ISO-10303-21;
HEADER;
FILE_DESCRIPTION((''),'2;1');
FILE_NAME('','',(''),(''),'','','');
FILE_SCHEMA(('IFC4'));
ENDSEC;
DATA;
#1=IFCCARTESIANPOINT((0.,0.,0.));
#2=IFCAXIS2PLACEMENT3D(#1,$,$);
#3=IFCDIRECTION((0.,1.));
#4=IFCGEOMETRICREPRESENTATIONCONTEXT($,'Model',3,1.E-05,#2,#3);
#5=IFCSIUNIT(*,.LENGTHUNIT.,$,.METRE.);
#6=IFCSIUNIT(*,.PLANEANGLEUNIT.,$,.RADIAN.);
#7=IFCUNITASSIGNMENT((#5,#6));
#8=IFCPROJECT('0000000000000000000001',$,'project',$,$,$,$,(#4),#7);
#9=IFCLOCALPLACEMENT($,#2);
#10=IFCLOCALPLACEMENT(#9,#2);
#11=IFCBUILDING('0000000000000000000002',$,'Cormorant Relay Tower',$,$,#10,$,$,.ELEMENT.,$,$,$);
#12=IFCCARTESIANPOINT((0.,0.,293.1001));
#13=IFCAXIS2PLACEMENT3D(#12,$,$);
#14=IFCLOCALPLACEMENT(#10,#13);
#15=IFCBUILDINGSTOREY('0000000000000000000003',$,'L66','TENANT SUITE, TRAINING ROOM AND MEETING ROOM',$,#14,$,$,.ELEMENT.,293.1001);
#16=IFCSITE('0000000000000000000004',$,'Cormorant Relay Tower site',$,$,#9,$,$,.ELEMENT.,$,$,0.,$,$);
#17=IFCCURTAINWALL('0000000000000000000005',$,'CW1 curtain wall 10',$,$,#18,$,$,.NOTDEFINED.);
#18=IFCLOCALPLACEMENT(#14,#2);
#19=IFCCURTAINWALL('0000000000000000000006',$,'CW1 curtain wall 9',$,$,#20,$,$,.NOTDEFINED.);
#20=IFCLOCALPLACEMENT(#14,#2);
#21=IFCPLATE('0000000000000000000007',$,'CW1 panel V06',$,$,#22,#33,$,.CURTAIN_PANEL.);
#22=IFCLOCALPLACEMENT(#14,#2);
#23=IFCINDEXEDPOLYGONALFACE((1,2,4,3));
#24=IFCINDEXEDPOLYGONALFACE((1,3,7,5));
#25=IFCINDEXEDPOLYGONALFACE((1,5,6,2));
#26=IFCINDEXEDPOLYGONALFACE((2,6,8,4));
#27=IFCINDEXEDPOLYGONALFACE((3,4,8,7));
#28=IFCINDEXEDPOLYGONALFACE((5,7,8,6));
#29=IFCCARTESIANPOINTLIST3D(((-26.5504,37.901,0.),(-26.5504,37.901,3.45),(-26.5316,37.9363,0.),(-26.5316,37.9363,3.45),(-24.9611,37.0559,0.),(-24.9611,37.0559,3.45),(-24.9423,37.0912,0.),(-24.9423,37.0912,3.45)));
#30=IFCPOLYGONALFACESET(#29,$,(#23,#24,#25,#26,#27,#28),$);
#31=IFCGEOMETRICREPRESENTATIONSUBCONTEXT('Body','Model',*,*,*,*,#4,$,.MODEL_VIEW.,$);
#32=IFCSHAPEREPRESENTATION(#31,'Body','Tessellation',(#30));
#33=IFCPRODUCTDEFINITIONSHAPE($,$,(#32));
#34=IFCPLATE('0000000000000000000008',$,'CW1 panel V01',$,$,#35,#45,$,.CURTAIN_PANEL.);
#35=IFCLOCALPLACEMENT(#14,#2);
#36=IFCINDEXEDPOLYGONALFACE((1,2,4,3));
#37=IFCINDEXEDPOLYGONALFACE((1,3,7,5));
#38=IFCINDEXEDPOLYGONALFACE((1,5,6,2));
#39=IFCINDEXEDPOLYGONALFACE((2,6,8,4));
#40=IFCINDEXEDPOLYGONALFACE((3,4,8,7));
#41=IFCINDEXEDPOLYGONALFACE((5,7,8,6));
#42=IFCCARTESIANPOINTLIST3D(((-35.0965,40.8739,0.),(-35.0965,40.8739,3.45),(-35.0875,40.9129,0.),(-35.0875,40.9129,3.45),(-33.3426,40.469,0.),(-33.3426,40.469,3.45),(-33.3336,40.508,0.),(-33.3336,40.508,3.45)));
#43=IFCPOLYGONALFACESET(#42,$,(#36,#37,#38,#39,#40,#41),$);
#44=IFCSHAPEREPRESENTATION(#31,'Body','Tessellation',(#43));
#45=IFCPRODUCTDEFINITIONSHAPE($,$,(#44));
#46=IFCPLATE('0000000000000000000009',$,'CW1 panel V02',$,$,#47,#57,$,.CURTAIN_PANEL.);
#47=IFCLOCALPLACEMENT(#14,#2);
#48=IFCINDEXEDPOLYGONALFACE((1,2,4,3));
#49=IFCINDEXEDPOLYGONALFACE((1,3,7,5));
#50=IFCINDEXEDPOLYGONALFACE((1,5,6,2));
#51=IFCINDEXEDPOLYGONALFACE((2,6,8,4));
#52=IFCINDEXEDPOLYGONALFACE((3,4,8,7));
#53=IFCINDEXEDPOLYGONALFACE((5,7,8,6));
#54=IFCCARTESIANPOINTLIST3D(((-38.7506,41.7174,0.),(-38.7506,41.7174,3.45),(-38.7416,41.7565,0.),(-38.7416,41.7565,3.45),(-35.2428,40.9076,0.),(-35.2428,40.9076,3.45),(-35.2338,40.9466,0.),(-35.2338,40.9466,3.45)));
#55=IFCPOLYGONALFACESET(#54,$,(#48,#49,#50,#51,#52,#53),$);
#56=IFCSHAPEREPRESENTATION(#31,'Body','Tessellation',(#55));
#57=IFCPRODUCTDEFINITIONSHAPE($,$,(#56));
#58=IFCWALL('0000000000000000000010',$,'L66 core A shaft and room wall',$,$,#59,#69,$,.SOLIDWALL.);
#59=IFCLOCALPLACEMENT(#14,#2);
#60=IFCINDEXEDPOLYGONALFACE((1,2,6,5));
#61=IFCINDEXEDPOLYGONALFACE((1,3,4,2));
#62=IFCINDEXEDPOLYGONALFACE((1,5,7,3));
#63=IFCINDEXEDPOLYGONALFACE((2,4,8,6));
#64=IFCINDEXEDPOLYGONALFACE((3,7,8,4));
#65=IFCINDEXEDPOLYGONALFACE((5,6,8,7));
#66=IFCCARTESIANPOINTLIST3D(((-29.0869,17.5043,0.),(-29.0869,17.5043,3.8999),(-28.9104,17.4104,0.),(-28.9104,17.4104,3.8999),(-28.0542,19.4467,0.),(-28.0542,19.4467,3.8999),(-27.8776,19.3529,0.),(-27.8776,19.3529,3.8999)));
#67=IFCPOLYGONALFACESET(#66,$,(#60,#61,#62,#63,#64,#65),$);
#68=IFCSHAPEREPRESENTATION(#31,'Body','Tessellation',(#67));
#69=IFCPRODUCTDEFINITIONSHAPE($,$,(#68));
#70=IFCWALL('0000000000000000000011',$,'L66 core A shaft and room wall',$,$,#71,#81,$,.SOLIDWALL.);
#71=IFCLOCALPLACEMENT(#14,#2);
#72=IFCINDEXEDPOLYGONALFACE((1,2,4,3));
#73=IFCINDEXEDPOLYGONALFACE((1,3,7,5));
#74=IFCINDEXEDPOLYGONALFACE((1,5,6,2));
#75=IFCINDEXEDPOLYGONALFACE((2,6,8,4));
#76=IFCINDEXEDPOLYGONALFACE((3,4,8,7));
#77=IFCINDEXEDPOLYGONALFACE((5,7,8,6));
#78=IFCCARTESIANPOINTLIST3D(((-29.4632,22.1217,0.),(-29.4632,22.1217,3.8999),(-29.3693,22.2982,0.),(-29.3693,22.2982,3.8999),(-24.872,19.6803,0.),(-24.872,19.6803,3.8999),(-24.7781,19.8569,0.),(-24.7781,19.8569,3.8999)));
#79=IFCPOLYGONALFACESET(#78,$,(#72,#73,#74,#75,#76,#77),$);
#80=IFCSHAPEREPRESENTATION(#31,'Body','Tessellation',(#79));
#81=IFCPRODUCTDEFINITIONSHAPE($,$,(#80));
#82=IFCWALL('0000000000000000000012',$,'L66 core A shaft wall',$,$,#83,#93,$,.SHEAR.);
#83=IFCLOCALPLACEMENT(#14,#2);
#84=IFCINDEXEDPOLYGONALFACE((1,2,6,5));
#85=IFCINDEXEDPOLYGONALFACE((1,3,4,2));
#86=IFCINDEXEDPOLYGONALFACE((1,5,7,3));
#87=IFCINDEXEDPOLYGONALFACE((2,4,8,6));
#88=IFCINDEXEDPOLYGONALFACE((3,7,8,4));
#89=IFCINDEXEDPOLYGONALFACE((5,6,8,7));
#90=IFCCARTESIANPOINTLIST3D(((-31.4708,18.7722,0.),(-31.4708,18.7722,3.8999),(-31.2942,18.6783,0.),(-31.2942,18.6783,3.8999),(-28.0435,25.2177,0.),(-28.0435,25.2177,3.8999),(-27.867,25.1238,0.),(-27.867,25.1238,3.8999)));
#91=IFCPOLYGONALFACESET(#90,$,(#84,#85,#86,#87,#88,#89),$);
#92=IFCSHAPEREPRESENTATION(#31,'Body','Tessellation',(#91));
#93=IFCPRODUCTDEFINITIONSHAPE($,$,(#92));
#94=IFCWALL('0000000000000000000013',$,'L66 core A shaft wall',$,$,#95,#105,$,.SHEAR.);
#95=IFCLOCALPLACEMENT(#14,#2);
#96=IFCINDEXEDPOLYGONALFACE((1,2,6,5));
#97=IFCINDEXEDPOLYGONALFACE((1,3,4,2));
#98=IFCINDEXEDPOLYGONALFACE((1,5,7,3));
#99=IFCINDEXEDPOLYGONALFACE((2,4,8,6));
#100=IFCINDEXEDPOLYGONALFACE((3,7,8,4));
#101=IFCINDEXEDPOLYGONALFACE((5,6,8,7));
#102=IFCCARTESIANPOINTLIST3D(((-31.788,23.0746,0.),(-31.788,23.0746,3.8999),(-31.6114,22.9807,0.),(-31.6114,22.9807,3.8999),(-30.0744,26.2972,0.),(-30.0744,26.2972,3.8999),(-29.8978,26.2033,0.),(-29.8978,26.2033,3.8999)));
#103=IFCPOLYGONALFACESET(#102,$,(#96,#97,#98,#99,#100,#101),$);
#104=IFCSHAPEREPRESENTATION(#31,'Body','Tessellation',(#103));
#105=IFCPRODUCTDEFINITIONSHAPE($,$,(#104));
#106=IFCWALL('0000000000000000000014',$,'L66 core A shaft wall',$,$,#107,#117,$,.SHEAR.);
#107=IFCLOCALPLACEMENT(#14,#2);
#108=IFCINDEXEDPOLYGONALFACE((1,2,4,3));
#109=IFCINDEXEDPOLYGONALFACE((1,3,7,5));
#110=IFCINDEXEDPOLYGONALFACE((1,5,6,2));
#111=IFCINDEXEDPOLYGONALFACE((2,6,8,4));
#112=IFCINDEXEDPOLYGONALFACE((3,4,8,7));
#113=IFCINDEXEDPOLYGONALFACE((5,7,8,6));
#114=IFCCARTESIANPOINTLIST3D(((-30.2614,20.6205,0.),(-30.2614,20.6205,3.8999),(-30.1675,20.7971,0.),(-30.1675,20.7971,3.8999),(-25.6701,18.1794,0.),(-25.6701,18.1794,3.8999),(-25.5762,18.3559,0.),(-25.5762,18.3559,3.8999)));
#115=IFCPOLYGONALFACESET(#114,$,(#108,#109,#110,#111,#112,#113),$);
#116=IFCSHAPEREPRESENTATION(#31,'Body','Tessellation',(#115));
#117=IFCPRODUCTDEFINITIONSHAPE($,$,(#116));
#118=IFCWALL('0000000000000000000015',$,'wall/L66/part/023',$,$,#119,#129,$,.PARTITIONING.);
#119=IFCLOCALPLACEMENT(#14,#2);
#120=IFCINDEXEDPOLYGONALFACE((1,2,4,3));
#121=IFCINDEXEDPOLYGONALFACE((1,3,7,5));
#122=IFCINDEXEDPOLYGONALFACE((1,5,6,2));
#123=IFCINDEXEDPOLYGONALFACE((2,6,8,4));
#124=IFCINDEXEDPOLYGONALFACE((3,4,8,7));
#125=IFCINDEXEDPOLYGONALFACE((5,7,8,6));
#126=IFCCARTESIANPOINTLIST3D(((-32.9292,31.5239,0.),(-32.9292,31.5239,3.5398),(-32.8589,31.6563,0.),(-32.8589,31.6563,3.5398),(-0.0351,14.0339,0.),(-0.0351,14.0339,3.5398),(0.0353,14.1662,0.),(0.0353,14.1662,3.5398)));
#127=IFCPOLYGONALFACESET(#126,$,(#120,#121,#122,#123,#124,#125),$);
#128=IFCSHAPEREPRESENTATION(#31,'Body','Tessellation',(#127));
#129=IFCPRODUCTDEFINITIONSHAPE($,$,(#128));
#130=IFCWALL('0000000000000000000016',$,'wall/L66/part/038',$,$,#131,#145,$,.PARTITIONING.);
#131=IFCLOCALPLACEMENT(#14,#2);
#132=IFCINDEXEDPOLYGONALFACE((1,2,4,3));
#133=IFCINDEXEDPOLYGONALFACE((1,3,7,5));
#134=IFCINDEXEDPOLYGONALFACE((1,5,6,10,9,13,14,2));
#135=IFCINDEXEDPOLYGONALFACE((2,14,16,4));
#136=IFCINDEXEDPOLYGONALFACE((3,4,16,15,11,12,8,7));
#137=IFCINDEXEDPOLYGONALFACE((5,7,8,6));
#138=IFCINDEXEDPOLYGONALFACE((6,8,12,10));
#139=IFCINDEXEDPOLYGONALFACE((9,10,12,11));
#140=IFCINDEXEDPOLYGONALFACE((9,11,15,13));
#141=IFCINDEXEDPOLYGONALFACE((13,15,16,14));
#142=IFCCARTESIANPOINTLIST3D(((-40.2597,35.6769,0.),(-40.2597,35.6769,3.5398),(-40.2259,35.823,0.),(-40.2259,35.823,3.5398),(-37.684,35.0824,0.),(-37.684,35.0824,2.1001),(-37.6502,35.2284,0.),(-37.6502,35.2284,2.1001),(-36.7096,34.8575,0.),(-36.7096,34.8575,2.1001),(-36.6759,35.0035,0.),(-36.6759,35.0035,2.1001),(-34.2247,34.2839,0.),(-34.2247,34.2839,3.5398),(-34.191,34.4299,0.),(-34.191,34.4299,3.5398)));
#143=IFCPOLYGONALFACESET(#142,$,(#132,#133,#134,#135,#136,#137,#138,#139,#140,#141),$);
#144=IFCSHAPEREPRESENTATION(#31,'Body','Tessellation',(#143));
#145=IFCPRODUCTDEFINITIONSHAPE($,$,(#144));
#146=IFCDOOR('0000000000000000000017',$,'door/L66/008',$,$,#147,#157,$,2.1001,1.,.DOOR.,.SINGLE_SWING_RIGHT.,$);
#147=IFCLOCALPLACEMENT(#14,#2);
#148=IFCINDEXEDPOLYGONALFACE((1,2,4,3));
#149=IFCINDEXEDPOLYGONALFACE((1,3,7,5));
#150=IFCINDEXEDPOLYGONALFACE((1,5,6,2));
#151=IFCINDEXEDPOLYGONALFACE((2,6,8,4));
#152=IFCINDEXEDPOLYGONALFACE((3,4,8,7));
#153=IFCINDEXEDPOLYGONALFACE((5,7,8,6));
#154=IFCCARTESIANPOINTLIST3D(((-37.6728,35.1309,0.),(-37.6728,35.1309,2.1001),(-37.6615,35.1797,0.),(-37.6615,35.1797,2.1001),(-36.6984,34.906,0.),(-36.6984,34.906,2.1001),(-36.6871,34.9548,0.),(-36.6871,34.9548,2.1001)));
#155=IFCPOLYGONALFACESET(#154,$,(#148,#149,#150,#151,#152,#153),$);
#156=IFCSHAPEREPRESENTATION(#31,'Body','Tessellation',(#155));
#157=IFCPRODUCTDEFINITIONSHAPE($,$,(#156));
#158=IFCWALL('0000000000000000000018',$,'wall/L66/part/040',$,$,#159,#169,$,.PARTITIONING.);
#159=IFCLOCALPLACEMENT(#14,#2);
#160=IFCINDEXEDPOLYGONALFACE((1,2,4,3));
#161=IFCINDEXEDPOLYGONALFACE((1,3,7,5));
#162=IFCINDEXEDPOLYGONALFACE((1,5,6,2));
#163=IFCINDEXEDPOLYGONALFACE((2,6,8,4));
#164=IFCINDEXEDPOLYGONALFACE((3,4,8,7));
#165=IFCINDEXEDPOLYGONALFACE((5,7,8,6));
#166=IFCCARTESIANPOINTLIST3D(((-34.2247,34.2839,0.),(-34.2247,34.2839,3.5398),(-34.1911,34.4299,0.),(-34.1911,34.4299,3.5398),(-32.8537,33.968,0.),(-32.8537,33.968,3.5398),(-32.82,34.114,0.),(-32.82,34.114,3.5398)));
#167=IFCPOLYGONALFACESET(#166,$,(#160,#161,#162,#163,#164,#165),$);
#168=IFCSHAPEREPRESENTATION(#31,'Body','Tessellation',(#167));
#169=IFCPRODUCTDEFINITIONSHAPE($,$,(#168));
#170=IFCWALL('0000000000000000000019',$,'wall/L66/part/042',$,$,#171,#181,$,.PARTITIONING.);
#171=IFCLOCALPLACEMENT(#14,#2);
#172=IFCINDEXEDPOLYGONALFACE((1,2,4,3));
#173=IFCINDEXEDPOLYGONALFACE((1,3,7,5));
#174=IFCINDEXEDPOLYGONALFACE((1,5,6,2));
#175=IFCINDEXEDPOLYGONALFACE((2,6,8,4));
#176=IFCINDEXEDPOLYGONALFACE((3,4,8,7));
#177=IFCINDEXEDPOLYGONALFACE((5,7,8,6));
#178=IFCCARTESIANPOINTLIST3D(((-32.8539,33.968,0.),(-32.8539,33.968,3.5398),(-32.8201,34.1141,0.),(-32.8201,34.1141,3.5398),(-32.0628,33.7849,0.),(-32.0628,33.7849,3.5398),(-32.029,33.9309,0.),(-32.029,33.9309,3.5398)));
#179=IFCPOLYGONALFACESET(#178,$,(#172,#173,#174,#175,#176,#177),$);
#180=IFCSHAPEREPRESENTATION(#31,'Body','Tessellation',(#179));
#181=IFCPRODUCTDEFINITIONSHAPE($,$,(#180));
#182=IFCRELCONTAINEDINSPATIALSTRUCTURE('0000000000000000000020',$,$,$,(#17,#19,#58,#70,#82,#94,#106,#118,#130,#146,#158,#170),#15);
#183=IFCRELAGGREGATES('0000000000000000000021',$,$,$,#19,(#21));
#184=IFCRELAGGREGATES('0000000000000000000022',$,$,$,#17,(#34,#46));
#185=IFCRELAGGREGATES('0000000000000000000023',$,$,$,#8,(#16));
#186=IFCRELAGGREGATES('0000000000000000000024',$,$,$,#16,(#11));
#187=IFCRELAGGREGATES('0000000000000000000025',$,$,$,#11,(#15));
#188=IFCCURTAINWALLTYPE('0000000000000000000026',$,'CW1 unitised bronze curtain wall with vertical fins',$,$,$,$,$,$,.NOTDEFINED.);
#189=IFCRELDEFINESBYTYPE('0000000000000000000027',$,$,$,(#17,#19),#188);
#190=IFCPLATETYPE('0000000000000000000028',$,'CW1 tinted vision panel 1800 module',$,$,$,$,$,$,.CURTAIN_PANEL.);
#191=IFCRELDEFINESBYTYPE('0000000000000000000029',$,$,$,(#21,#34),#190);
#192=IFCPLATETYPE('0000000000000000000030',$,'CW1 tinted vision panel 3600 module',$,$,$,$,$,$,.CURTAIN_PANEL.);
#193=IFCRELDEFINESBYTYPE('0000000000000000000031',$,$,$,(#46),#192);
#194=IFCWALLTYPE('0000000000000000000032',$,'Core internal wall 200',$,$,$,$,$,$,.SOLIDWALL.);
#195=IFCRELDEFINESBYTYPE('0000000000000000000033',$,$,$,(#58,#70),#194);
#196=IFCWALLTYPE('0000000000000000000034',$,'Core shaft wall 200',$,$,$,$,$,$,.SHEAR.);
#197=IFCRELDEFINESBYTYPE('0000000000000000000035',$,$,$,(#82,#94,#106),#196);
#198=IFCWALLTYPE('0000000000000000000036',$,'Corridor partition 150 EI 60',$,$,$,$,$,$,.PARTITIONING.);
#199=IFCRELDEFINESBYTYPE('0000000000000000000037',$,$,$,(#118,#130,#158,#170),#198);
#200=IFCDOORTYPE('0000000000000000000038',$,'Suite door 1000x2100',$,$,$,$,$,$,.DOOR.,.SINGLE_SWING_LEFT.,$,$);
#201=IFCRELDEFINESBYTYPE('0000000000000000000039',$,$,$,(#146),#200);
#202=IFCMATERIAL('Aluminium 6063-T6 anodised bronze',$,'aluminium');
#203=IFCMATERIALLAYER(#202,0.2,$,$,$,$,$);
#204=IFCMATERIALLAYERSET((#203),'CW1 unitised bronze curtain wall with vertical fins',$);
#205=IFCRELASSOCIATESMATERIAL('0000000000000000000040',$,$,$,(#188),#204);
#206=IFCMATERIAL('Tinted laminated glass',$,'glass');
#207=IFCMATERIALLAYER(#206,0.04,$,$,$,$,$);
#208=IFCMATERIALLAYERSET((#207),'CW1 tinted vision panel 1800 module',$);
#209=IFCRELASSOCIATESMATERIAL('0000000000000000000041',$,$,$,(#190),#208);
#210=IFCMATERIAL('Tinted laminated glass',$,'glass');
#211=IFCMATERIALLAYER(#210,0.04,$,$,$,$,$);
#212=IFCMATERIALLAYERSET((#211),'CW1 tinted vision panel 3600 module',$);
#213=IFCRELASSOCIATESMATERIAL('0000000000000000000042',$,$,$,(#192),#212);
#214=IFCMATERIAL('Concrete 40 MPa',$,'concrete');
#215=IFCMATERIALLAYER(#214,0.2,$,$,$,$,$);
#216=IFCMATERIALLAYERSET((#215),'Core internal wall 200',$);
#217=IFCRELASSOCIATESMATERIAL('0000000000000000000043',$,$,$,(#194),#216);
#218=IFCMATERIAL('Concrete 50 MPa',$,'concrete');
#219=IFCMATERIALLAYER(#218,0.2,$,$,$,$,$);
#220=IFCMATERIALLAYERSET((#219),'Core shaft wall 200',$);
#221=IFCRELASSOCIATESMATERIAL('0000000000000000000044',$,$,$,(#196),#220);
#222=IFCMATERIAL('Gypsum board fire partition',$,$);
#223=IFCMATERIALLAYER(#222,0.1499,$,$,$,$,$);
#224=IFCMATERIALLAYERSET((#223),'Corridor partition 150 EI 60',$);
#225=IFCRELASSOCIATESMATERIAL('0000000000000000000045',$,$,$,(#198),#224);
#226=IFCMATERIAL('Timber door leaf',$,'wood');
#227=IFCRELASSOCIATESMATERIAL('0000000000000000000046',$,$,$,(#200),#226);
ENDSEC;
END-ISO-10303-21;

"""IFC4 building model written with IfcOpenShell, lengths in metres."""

from ifc_helpers import new_model, si_unit, direction, frame, frame_2d, origin, origin_2d, place, context, subcontext, project, spatial, rectangle, extrude, material, layer, layer_set, type_object, element, fill, aggregate, save


model = new_model("IFC4")

# Units and contexts
model_context = context("Model", 3, precision=1e-05, world=origin(), true_north=direction((0.0, 1.0)))
body_context = subcontext(model_context, "Body", "Model", "MODEL_VIEW")
ifc_project = project(units=[si_unit("LENGTHUNIT", "METRE"), si_unit("PLANEANGLEUNIT", "RADIAN")], contexts=[model_context])

# Site, building, storey
site_placement = place(None, origin())
site = spatial("IfcSite", under=ifc_project, at=site_placement, Name="Cormorant Relay Tower site", CompositionType="ELEMENT", RefElevation=0.0)
building_placement = place(site_placement, origin())
building = spatial("IfcBuilding", under=site, at=building_placement, Name="Cormorant Relay Tower", CompositionType="ELEMENT")
storey_placement = place(building_placement, frame((0.0, 0.0, 293.1001)))
storey = spatial("IfcBuildingStorey", under=building, at=storey_placement, Name="L66", Description="TENANT SUITE, TRAINING ROOM AND MEETING ROOM", CompositionType="ELEMENT", Elevation=293.1001)

# Curtain wall
ifc_material_1 = material(Name="Aluminium 6063-T6 anodised bronze", Category="aluminium")
ifc_layer_1 = layer(ifc_material_1, 0.2)
ifc_layer_set_1 = layer_set([ifc_layer_1], Name="CW1 unitised bronze curtain wall with vertical fins")
curtain_wall_type = type_object("IfcCurtainWallType", Name="CW1 unitised bronze curtain wall with vertical fins", PredefinedType="NOTDEFINED", material=ifc_layer_set_1)
curtain_wall_1_placement = place(storey_placement, origin())
curtain_wall_1 = element("IfcCurtainWall", 1, at=curtain_wall_1_placement, inside=storey, type_object=curtain_wall_type, Name="CW1 curtain wall 10", PredefinedType="NOTDEFINED")

# Curtain wall, plate
curtain_wall_2_placement = place(storey_placement, origin())
curtain_wall_2 = element("IfcCurtainWall", 2, at=curtain_wall_2_placement, inside=storey, type_object=curtain_wall_type, Name="CW1 curtain wall 9", PredefinedType="NOTDEFINED")
ifc_material_2 = material(Name="Tinted laminated glass", Category="glass")
ifc_layer_2 = layer(ifc_material_2, 0.04)
ifc_layer_set_2 = layer_set([ifc_layer_2], Name="CW1 tinted vision panel 1800 module")
plate_type_1 = type_object("IfcPlateType", Name="CW1 tinted vision panel 1800 module", PredefinedType="CURTAIN_PANEL", material=ifc_layer_set_2)
plate_1_placement = place(storey_placement, frame((-25.7463, 37.4961, 0.0), z_axis=(0.0, 0.0, 1.0), x_axis=(-0.882948, 0.469472, 0.0)))
plate_1 = element("IfcPlate", 3, at=plate_1_placement, type_object=plate_type_1, Name="CW1 panel V06", PredefinedType="CURTAIN_PANEL", context=body_context, shape_type="SweptSolid", body=[
    extrude(rectangle(XDim=1.8, YDim=0.04, at=origin_2d()), origin(), (0.0, 0.0, 1.0), 3.45),
])

# Plates
plate_2_placement = place(storey_placement, frame((-34.2151, 40.6909, 0.0), z_axis=(0.0, 0.0, 1.0), x_axis=(-0.97437, 0.224951, 0.0)))
plate_2 = element("IfcPlate", 4, at=plate_2_placement, type_object=plate_type_1, Name="CW1 panel V01", PredefinedType="CURTAIN_PANEL", context=body_context, shape_type="SweptSolid", body=[
    extrude(rectangle(XDim=1.8, YDim=0.04, at=origin_2d()), origin(), (0.0, 0.0, 1.0), 3.45),
])
ifc_material_3 = material(Name="Tinted laminated glass", Category="glass")
ifc_layer_3 = layer(ifc_material_3, 0.04)
ifc_layer_set_3 = layer_set([ifc_layer_3], Name="CW1 tinted vision panel 3600 module")
plate_type_2 = type_object("IfcPlateType", Name="CW1 tinted vision panel 3600 module", PredefinedType="CURTAIN_PANEL", material=ifc_layer_set_3)
plate_3_placement = place(storey_placement, frame((-36.9922, 41.332, 0.0), z_axis=(0.0, 0.0, 1.0), x_axis=(-0.97437, 0.224951, 0.0)))
plate_3 = element("IfcPlate", 5, at=plate_3_placement, type_object=plate_type_2, Name="CW1 panel V02", PredefinedType="CURTAIN_PANEL", context=body_context, shape_type="SweptSolid", body=[
    extrude(rectangle(XDim=3.6001, YDim=0.04, at=origin_2d()), origin(), (0.0, 0.0, 1.0), 3.45),
])

# Walls
ifc_material_4 = material(Name="Concrete 40 MPa", Category="concrete")
ifc_layer_4 = layer(ifc_material_4, 0.2)
ifc_layer_set_4 = layer_set([ifc_layer_4], Name="Core internal wall 200")
wall_type_1 = type_object("IfcWallType", Name="Core internal wall 200", PredefinedType="SOLIDWALL", material=ifc_layer_set_4)
wall_1_placement = place(storey_placement, frame((-27.9658, 19.3999, 0.0), z_axis=(0.0, 0.0, 1.0), x_axis=(-0.469447, -0.88296, 0.0)))
element("IfcWall", 6, at=wall_1_placement, inside=storey, type_object=wall_type_1, Name="L66 core A shaft and room wall", PredefinedType="SOLIDWALL", context=body_context, shape_type="SweptSolid", body=[
    extrude(rectangle(XDim=2.2, YDim=0.2, at=frame_2d((1.1001, 0.0))), origin(), (0.0, 0.0, 1.0), 3.8999),
])
wall_2_placement = place(storey_placement, frame((-24.825, 19.7686, 0.0), z_axis=(0.0, 0.0, 1.0), x_axis=(-0.882935, 0.469496, 0.0)))
element("IfcWall", 7, at=wall_2_placement, inside=storey, type_object=wall_type_1, Name="L66 core A shaft and room wall", PredefinedType="SOLIDWALL", context=body_context, shape_type="SweptSolid", body=[
    extrude(rectangle(XDim=5.2, YDim=0.2, at=frame_2d((2.6001, 0.0))), origin(), (0.0, 0.0, 1.0), 3.8999),
])
ifc_material_5 = material(Name="Concrete 50 MPa", Category="concrete")
ifc_layer_5 = layer(ifc_material_5, 0.2)
ifc_layer_set_5 = layer_set([ifc_layer_5], Name="Core shaft wall 200")
wall_type_2 = type_object("IfcWallType", Name="Core shaft wall 200", PredefinedType="SHEAR", material=ifc_layer_set_5)
wall_3_placement = place(storey_placement, frame((-27.9553, 25.1707, 0.0), z_axis=(0.0, 0.0, 1.0), x_axis=(-0.46948, -0.882943, 0.0)))
element("IfcWall", 8, at=wall_3_placement, inside=storey, type_object=wall_type_2, Name="L66 core A shaft wall", PredefinedType="SHEAR", context=body_context, shape_type="SweptSolid", body=[
    extrude(rectangle(XDim=7.3, YDim=0.2, at=frame_2d((3.6499, 0.0))), origin(), (0.0, 0.0, 1.0), 3.8999),
])
wall_4_placement = place(storey_placement, frame((-29.9861, 26.2502, 0.0), z_axis=(0.0, 0.0, 1.0), x_axis=(-0.469494, -0.882936, 0.0)))
element("IfcWall", 9, at=wall_4_placement, inside=storey, type_object=wall_type_2, Name="L66 core A shaft wall", PredefinedType="SHEAR", context=body_context, shape_type="SweptSolid", body=[
    extrude(rectangle(XDim=3.6499, YDim=0.2, at=frame_2d((1.825, 0.0))), origin(), (0.0, 0.0, 1.0), 3.8999),
])

# Wall
wall_5_placement = place(storey_placement, frame((-25.623, 18.2676, 0.0), z_axis=(0.0, 0.0, 1.0), x_axis=(-0.882954, 0.46946, 0.0)))
element("IfcWall", 10, at=wall_5_placement, inside=storey, type_object=wall_type_2, Name="L66 core A shaft wall", PredefinedType="SHEAR", context=body_context, shape_type="SweptSolid", body=[
    extrude(rectangle(XDim=5.2, YDim=0.2, at=frame_2d((2.6001, 0.0))), origin(), (0.0, 0.0, 1.0), 3.8999),
])

# Wall
ifc_material_6 = material(Name="Gypsum board fire partition")
ifc_layer_6 = layer(ifc_material_6, 0.1499)
ifc_layer_set_6 = layer_set([ifc_layer_6], Name="Corridor partition 150 EI 60")
wall_type_3 = type_object("IfcWallType", Name="Corridor partition 150 EI 60", PredefinedType="PARTITIONING", material=ifc_layer_set_6)
wall_6_placement = place(storey_placement, frame((-32.894, 31.5901, 0.0), z_axis=(0.0, 0.0, 1.0), x_axis=(0.882949, -0.46947, 0.0)))
element("IfcWall", 11, at=wall_6_placement, inside=storey, type_object=wall_type_3, Name="wall/L66/part/023", PredefinedType="PARTITIONING", context=body_context, shape_type="SweptSolid", body=[
    extrude(rectangle(XDim=37.2549, YDim=0.1499, at=frame_2d((18.6274, 0.0))), origin(), (0.0, 0.0, 1.0), 3.5398),
])

# Wall, opening, door
wall_7_placement = place(storey_placement, frame((-34.208, 34.3569, 0.0), z_axis=(0.0, 0.0, 1.0), x_axis=(-0.974377, 0.22492, 0.0)))
wall_7 = element("IfcWall", 12, at=wall_7_placement, inside=storey, type_object=wall_type_3, Name="wall/L66/part/038", PredefinedType="PARTITIONING", context=body_context, shape_type="SweptSolid", body=[
    extrude(rectangle(XDim=6.1936, YDim=0.1499, at=frame_2d((3.0967, 0.0))), origin(), (0.0, 0.0, 1.0), 3.5398),
])
opening_1_placement = place(wall_7_placement, frame((2.55, 0.0, 0.0)))
opening_1 = element("IfcOpeningElement", 13, at=opening_1_placement, cuts=wall_7, PredefinedType="OPENING", context=body_context, shape_type="SweptSolid", body=[
    extrude(rectangle(XDim=1.0, YDim=2.1001, at=frame_2d((0.5, 1.05))), frame((0.0, 0.085, 0.0), z_axis=(0.0, -1.0, 0.0), x_axis=(1.0, 0.0, 0.0)), (0.0, 0.0, 1.0), 0.1699),
])
ifc_material_7 = material(Name="Timber door leaf", Category="wood")
door_type_1 = type_object("IfcDoorType", Name="Suite door 1000x2100", OperationType="SINGLE_SWING_LEFT", PredefinedType="DOOR", material=ifc_material_7)
door_1_placement = place(opening_1_placement, frame((1.0, 0.0, 0.0), z_axis=(0.0, 0.0, 1.0), x_axis=(-1.0, 0.0, 0.0)))
door_1 = element("IfcDoor", 14, at=door_1_placement, inside=storey, type_object=door_type_1, Name="door/L66/008", OperationType="SINGLE_SWING_RIGHT", OverallHeight=2.1001, OverallWidth=1.0, PredefinedType="DOOR", context=body_context, shape_type="SweptSolid", body=[
    extrude(rectangle(XDim=1.0, YDim=2.1001, at=frame_2d((0.5, 1.05))), frame((0.0, 0.0249, 0.0), z_axis=(0.0, -1.0, 0.0), x_axis=(1.0, 0.0, 0.0)), (0.0, 0.0, 1.0), 0.05),
])
fill(opening_1, door_1)

# Walls
wall_8_placement = place(storey_placement, frame((-34.208, 34.3569, 0.0), z_axis=(0.0, 0.0, 1.0), x_axis=(0.974467, -0.22453, 0.0)))
element("IfcWall", 15, at=wall_8_placement, inside=storey, type_object=wall_type_3, Name="wall/L66/part/040", PredefinedType="PARTITIONING", context=body_context, shape_type="SweptSolid", body=[
    extrude(rectangle(XDim=1.407, YDim=0.1499, at=frame_2d((0.7036, 0.0))), origin(), (0.0, 0.0, 1.0), 3.5398),
])
wall_9_placement = place(storey_placement, frame((-32.0459, 33.8579, 0.0), z_axis=(0.0, 0.0, 1.0), x_axis=(-0.974239, 0.225518, 0.0)))
element("IfcWall", 16, at=wall_9_placement, inside=storey, type_object=wall_type_3, Name="wall/L66/part/042", PredefinedType="PARTITIONING", context=body_context, shape_type="SweptSolid", body=[
    extrude(rectangle(XDim=0.812, YDim=0.1499, at=frame_2d((0.406, 0.0))), origin(), (0.0, 0.0, 1.0), 3.5398),
])

aggregate(curtain_wall_2, [plate_1])
aggregate(curtain_wall_1, [plate_2, plate_3])

save(model, "model.ifc")
